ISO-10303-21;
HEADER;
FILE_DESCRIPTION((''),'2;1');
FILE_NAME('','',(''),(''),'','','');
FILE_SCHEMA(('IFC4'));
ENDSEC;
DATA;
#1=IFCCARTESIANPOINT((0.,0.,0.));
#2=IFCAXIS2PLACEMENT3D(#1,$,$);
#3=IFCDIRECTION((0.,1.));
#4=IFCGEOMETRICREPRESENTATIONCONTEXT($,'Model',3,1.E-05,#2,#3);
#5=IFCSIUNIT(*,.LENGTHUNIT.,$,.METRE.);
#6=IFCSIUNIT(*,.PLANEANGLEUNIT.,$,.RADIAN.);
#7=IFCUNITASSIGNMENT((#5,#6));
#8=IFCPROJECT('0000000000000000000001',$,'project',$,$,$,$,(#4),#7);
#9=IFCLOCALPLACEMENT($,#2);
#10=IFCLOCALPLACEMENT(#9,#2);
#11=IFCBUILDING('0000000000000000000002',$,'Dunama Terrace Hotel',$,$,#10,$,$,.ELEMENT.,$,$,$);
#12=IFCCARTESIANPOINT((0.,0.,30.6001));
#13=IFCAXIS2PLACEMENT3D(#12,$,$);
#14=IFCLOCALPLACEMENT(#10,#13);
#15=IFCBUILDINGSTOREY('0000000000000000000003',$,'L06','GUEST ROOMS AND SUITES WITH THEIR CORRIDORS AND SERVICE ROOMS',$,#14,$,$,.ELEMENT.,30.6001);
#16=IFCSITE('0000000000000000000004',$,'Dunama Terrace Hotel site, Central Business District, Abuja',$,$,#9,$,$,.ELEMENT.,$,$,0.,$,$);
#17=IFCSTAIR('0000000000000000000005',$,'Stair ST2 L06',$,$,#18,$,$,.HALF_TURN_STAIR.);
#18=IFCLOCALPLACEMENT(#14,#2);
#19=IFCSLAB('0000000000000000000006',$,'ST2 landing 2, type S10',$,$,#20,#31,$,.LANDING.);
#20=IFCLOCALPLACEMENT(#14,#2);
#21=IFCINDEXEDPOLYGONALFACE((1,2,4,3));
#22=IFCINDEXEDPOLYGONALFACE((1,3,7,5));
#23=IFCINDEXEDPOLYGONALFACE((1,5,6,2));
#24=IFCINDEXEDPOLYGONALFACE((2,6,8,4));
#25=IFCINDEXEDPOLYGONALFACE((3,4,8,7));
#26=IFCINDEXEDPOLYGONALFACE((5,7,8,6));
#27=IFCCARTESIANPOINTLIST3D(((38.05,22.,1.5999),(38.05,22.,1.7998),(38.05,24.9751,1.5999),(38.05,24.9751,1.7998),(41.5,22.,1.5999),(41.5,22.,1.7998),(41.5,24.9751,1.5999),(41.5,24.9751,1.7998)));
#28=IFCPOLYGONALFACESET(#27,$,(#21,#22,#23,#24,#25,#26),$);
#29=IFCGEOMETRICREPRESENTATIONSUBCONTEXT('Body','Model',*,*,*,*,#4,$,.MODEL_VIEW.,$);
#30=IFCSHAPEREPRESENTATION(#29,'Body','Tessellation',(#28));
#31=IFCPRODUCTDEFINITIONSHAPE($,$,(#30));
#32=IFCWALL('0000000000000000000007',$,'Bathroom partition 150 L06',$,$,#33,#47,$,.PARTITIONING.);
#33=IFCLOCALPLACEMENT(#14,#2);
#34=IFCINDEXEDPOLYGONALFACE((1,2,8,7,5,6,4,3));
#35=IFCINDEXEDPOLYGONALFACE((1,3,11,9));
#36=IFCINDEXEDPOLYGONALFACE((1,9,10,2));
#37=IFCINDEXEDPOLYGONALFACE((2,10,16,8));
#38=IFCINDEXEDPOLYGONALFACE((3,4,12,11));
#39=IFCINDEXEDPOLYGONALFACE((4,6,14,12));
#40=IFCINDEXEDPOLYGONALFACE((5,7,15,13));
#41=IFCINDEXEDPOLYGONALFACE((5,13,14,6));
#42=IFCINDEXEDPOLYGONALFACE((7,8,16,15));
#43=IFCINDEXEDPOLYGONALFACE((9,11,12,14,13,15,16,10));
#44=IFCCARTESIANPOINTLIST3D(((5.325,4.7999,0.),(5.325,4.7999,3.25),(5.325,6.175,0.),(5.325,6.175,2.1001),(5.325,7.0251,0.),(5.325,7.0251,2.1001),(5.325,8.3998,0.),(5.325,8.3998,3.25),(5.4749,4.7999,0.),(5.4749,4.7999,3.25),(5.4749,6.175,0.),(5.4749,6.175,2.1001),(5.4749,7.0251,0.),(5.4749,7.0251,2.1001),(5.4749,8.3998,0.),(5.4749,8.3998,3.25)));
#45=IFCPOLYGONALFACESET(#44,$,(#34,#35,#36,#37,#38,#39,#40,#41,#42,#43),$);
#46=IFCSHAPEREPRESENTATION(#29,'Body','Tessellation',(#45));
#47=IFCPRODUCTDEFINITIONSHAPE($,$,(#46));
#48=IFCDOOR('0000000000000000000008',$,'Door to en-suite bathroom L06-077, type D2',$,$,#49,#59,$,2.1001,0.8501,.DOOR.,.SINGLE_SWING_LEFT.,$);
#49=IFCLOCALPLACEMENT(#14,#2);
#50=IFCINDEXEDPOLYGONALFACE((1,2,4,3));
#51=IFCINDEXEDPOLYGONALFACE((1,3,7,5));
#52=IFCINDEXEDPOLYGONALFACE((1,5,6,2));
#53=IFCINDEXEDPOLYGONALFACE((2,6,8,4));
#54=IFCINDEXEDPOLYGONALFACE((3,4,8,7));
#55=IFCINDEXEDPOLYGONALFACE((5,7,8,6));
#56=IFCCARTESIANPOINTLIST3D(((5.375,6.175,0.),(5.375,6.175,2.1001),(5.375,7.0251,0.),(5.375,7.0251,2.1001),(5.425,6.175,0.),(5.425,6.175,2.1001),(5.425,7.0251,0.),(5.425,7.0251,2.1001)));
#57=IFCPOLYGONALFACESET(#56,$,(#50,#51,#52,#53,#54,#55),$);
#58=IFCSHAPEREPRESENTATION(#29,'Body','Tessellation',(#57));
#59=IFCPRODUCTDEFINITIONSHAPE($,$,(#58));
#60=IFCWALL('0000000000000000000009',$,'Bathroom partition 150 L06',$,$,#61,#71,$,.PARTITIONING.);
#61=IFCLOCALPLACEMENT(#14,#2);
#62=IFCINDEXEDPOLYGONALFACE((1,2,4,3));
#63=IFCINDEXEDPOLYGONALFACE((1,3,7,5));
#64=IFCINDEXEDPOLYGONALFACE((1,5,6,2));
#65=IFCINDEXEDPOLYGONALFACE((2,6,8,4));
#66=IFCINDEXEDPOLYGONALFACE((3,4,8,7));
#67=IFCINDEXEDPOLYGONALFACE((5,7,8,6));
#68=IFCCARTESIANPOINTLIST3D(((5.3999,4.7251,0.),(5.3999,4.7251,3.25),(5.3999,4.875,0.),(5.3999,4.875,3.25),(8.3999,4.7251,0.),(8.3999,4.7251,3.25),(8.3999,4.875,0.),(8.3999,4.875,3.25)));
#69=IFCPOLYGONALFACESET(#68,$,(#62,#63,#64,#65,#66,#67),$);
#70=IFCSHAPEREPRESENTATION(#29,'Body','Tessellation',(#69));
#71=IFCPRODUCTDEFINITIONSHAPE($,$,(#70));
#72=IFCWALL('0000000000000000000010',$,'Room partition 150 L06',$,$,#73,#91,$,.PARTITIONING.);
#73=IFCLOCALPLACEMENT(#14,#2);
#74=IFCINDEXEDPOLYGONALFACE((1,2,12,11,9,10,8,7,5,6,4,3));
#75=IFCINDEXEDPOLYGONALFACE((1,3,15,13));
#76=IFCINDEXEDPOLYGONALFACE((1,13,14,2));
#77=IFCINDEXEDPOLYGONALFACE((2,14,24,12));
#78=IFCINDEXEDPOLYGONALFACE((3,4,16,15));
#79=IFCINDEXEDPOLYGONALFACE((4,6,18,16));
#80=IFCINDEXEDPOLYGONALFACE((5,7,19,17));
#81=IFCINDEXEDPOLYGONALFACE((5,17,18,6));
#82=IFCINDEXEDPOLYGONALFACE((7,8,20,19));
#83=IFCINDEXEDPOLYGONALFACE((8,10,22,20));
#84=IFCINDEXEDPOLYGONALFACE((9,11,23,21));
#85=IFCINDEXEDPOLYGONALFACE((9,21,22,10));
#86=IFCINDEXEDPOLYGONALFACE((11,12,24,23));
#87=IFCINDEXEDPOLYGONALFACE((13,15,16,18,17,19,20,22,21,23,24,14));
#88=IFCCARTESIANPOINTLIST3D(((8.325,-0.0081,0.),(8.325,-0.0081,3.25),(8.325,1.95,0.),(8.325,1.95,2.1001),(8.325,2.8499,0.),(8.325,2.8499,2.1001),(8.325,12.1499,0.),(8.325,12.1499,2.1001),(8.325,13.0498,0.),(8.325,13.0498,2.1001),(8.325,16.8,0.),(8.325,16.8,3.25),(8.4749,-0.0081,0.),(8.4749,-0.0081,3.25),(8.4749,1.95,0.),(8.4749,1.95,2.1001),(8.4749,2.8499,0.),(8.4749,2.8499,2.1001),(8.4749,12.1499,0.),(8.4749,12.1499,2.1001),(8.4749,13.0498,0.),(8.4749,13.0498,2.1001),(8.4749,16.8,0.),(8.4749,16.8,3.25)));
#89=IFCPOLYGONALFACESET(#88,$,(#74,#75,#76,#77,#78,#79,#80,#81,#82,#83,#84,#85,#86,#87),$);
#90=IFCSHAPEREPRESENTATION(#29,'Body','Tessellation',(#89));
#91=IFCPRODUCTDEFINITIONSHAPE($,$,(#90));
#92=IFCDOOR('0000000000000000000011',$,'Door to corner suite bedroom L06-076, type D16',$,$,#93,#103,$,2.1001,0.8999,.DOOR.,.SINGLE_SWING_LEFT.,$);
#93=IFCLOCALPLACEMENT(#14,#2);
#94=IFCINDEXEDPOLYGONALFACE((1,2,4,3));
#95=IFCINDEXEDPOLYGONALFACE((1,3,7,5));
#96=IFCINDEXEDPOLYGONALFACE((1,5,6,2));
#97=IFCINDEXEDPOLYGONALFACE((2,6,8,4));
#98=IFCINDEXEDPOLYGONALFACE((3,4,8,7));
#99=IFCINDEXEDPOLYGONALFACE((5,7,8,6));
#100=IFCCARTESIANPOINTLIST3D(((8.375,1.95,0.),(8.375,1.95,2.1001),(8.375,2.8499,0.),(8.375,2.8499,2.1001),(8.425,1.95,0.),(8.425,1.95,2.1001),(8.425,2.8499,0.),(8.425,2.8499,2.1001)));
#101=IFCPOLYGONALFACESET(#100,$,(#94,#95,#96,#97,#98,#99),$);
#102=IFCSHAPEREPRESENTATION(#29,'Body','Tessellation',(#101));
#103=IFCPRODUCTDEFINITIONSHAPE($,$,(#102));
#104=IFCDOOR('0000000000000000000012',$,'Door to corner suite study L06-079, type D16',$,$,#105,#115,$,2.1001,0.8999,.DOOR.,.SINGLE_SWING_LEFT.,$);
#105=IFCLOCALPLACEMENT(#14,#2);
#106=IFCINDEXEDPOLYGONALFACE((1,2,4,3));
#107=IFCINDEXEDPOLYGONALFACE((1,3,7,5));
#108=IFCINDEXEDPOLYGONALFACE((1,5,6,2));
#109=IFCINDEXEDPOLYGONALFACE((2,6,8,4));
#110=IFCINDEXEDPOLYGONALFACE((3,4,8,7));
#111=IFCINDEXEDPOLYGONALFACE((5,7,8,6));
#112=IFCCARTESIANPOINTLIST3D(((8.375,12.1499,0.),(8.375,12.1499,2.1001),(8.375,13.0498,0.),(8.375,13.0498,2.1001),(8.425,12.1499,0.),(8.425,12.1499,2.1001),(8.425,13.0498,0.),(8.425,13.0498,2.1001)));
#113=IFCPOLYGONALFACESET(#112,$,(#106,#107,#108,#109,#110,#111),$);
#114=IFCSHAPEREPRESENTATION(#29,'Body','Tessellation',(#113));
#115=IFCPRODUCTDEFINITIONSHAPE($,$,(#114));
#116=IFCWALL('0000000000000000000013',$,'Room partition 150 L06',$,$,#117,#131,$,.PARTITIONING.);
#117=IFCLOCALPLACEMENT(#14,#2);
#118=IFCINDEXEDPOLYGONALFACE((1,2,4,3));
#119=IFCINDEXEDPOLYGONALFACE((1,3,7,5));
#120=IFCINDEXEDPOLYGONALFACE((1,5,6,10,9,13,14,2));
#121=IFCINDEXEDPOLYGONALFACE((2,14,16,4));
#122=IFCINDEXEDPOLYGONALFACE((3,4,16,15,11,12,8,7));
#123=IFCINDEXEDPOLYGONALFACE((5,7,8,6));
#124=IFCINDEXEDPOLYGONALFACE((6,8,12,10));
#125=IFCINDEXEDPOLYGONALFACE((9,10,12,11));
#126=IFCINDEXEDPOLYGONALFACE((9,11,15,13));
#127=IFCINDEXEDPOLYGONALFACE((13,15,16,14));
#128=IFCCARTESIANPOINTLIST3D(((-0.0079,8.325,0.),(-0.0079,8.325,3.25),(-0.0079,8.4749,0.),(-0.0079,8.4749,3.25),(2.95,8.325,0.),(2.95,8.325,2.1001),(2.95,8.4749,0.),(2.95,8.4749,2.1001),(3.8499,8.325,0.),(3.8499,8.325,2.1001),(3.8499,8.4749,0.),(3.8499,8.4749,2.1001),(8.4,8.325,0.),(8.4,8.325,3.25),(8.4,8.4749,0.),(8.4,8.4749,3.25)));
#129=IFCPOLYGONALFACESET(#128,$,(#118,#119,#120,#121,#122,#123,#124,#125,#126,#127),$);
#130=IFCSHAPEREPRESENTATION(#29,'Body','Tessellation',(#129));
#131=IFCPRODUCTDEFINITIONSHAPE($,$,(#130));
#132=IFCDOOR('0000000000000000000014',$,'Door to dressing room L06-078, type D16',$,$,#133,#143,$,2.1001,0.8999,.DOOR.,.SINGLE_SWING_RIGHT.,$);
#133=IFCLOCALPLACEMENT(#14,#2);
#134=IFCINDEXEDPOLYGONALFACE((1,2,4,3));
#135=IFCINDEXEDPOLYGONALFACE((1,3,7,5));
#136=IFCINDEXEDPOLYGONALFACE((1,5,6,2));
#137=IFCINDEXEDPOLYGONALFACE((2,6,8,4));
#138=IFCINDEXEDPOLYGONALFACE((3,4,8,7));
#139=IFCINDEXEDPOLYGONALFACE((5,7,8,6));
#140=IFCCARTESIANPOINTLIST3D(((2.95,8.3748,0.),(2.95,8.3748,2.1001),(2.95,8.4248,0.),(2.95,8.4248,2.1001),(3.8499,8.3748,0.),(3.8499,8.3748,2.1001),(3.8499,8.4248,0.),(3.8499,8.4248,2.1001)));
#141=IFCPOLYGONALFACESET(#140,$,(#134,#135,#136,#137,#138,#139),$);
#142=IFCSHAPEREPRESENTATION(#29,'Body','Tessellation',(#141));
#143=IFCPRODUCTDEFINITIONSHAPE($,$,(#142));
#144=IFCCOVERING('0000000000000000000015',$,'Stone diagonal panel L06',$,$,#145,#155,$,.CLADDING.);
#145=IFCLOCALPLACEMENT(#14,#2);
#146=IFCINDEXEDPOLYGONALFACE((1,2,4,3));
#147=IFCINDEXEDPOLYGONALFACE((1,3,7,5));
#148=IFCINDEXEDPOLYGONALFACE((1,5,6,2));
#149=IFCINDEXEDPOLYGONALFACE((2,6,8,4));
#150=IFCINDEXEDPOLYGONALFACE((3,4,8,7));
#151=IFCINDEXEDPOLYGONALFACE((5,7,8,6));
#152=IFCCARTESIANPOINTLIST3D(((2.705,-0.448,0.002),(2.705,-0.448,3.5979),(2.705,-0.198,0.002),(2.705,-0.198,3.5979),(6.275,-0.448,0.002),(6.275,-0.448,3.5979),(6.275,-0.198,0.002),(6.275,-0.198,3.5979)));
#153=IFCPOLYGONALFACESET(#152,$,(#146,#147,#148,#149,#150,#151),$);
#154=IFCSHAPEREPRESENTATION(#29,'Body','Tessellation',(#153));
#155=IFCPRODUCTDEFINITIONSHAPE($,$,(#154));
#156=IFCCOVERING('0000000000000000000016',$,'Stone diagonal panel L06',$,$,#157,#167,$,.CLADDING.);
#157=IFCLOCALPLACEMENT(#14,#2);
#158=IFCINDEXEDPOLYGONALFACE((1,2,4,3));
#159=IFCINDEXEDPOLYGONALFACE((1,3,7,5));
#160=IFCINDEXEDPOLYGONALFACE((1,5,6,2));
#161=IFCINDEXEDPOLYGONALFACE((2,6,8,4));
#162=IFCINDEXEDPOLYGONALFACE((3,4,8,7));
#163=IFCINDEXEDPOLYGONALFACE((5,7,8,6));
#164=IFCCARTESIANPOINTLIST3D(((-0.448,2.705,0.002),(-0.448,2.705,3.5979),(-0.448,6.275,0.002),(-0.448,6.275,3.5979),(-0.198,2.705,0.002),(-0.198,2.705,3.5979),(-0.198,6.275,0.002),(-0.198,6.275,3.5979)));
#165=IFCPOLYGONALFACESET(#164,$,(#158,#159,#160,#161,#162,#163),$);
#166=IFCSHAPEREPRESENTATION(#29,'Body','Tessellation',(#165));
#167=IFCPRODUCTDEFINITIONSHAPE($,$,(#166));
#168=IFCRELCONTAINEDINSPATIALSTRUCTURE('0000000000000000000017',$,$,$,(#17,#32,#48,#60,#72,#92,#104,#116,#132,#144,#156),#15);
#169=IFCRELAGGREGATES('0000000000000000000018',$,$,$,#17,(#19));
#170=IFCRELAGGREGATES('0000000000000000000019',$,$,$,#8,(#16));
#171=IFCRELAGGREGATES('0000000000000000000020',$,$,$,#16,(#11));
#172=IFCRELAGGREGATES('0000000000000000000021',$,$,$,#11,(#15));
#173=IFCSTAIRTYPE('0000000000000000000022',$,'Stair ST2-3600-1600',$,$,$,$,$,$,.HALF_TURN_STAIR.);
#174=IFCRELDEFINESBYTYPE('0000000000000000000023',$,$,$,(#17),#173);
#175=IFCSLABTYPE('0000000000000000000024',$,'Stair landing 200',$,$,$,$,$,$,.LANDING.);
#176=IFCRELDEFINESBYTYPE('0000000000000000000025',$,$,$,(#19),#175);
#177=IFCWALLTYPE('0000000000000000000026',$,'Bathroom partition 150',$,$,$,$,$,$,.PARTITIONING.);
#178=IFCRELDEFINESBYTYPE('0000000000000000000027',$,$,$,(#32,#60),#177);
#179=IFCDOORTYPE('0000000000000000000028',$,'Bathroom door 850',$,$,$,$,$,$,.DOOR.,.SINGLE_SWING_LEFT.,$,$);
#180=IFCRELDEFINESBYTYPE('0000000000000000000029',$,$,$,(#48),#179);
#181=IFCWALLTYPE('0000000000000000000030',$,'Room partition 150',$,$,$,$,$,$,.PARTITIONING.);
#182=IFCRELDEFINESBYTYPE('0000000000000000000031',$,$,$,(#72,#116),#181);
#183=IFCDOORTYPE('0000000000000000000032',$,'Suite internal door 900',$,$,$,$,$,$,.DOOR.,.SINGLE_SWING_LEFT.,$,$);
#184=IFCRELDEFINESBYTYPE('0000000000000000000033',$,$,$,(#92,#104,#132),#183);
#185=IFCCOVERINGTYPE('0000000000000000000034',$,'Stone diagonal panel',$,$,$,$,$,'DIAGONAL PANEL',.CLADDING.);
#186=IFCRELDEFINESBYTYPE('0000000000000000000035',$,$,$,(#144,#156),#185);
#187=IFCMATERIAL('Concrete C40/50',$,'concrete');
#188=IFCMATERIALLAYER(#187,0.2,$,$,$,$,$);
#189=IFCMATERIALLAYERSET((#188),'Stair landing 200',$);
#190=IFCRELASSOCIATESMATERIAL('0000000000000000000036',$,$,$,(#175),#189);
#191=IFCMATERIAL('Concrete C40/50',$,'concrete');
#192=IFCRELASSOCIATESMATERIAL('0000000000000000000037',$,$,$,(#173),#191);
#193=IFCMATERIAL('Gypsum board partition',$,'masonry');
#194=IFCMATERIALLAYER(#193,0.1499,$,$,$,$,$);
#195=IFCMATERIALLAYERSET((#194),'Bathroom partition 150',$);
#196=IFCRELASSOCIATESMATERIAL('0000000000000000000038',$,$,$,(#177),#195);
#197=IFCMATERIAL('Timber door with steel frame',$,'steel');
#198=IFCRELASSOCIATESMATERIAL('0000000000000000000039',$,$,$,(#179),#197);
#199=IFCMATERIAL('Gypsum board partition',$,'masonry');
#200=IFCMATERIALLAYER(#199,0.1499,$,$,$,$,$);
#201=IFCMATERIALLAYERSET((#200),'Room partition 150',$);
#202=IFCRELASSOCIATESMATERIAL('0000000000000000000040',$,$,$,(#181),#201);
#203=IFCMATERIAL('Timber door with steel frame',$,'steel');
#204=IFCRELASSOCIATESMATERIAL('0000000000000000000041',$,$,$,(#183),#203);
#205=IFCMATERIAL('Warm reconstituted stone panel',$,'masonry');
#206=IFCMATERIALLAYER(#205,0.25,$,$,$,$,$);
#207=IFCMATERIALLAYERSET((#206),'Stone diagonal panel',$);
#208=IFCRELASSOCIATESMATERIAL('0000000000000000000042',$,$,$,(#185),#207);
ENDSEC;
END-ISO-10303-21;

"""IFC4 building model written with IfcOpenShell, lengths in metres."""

from ifc_helpers import new_model, si_unit, direction, frame, frame_2d, origin, origin_2d, place, context, subcontext, project, spatial, polyline, rectangle, outline, extrude, material, layer, layer_set, type_object, element, fill, aggregate, save


model = new_model("IFC4")

# Units and contexts
model_context = context("Model", 3, precision=1e-05, world=origin(), true_north=direction((0.0, 1.0)))
body_context = subcontext(model_context, "Body", "Model", "MODEL_VIEW")
ifc_project = project(units=[si_unit("LENGTHUNIT", "METRE"), si_unit("PLANEANGLEUNIT", "RADIAN")], contexts=[model_context])

# Site, building, storey
site_placement = place(None, origin())
site = spatial("IfcSite", under=ifc_project, at=site_placement, Name="Dunama Terrace Hotel site, Central Business District, Abuja", CompositionType="ELEMENT", RefElevation=0.0)
building_placement = place(site_placement, origin())
building = spatial("IfcBuilding", under=site, at=building_placement, Name="Dunama Terrace Hotel", CompositionType="ELEMENT")
storey_placement = place(building_placement, frame((0.0, 0.0, 30.6001)))
storey = spatial("IfcBuildingStorey", under=building, at=storey_placement, Name="L06", Description="GUEST ROOMS AND SUITES WITH THEIR CORRIDORS AND SERVICE ROOMS", CompositionType="ELEMENT", Elevation=30.6001)

# Stair, slab
ifc_material_1 = material(Name="Concrete C40/50", Category="concrete")
ifc_layer_1 = layer(ifc_material_1, 0.2)
ifc_layer_set_1 = layer_set([ifc_layer_1], Name="Stair landing 200")
slab_type_1 = type_object("IfcSlabType", Name="Stair landing 200", PredefinedType="LANDING", material=ifc_layer_set_1)
ifc_material_2 = material(Name="Concrete C40/50", Category="concrete")
stair_type_1 = type_object("IfcStairType", Name="Stair ST2-3600-1600", PredefinedType="HALF_TURN_STAIR", material=ifc_material_2)
stair_1_placement = place(storey_placement, origin())
stair_1 = element("IfcStair", 1, at=stair_1_placement, inside=storey, type_object=stair_type_1, Name="Stair ST2 L06", PredefinedType="HALF_TURN_STAIR")
slab_1_placement = place(storey_placement, frame((0.0, 0.0, 1.5999)))
slab_1 = element("IfcSlab", 2, at=slab_1_placement, type_object=slab_type_1, Name="ST2 landing 2, type S10", PredefinedType="LANDING", context=body_context, shape_type="SweptSolid", body=[
    extrude(outline(polyline([(38.05, 22.0), (41.5, 22.0), (41.5, 24.9751), (38.05, 24.9751), (38.05, 22.0)])), origin(), (0.0, 0.0, 1.0), 0.2),
])
aggregate(stair_1, [slab_1])

# Wall, opening, door
ifc_material_3 = material(Name="Gypsum board partition", Category="masonry")
ifc_layer_2 = layer(ifc_material_3, 0.1499)
ifc_layer_set_2 = layer_set([ifc_layer_2], Name="Bathroom partition 150")
wall_type_1 = type_object("IfcWallType", Name="Bathroom partition 150", PredefinedType="PARTITIONING", material=ifc_layer_set_2)
wall_1_placement = place(storey_placement, frame((5.3999, 4.8, 0.0), z_axis=(0.0, 0.0, 1.0), x_axis=(0.0, 1.0, 0.0)))
wall_1 = element("IfcWall", 3, at=wall_1_placement, inside=storey, type_object=wall_type_1, Name="Bathroom partition 150 L06", PredefinedType="PARTITIONING", context=body_context, shape_type="SweptSolid", body=[
    extrude(rectangle(XDim=3.5999, YDim=0.1499, at=frame_2d((1.7998, 0.0))), origin(), (0.0, 0.0, 1.0), 3.25),
])
opening_1_placement = place(wall_1_placement, frame((1.375, 0.0, 0.0)))
opening_1 = element("IfcOpeningElement", 4, at=opening_1_placement, cuts=wall_1, PredefinedType="OPENING", context=body_context, shape_type="SweptSolid", body=[
    extrude(rectangle(XDim=0.8501, YDim=2.1001, at=frame_2d((0.425, 1.05))), frame((0.0, 0.085, 0.0), z_axis=(0.0, -1.0, 0.0), x_axis=(1.0, 0.0, 0.0)), (0.0, 0.0, 1.0), 0.1699),
])
ifc_material_4 = material(Name="Timber door with steel frame", Category="steel")
door_type_1 = type_object("IfcDoorType", Name="Bathroom door 850", OperationType="SINGLE_SWING_LEFT", PredefinedType="DOOR", material=ifc_material_4)
door_1_placement = place(opening_1_placement, frame((0.8501, 0.0, 0.0), z_axis=(0.0, 0.0, 1.0), x_axis=(-1.0, 0.0, 0.0)))
door_1 = element("IfcDoor", 5, at=door_1_placement, inside=storey, type_object=door_type_1, Name="Door to en-suite bathroom L06-077, type D2", OperationType="SINGLE_SWING_LEFT", OverallHeight=2.1001, OverallWidth=0.8501, PredefinedType="DOOR", context=body_context, shape_type="SweptSolid", body=[
    extrude(rectangle(XDim=0.8501, YDim=2.1001, at=frame_2d((0.425, 1.05))), frame((0.0, 0.0251, 0.0), z_axis=(0.0, -1.0, 0.0), x_axis=(1.0, 0.0, 0.0)), (0.0, 0.0, 1.0), 0.05),
])
fill(opening_1, door_1)

# Wall
wall_2_placement = place(storey_placement, frame((5.3999, 4.8, 0.0), z_axis=(0.0, 0.0, 1.0), x_axis=(1.0, 0.0, 0.0)))
element("IfcWall", 6, at=wall_2_placement, inside=storey, type_object=wall_type_1, Name="Bathroom partition 150 L06", PredefinedType="PARTITIONING", context=body_context, shape_type="SweptSolid", body=[
    extrude(rectangle(XDim=3.0, YDim=0.1499, at=frame_2d((1.5, 0.0))), origin(), (0.0, 0.0, 1.0), 3.25),
])

# Wall, openings, doors
ifc_material_5 = material(Name="Gypsum board partition", Category="masonry")
ifc_layer_3 = layer(ifc_material_5, 0.1499)
ifc_layer_set_3 = layer_set([ifc_layer_3], Name="Room partition 150")
wall_type_2 = type_object("IfcWallType", Name="Room partition 150", PredefinedType="PARTITIONING", material=ifc_layer_set_3)
wall_3_placement = place(storey_placement, frame((8.3999, -0.0081, 0.0), z_axis=(0.0, 0.0, 1.0), x_axis=(0.0, 1.0, 0.0)))
wall_3 = element("IfcWall", 7, at=wall_3_placement, inside=storey, type_object=wall_type_2, Name="Room partition 150 L06", PredefinedType="PARTITIONING", context=body_context, shape_type="SweptSolid", body=[
    extrude(rectangle(XDim=16.8081, YDim=0.1499, at=frame_2d((8.4041, 0.0))), origin(), (0.0, 0.0, 1.0), 3.25),
])
opening_2_placement = place(wall_3_placement, frame((1.958, 0.0, 0.0)))
opening_2 = element("IfcOpeningElement", 8, at=opening_2_placement, cuts=wall_3, PredefinedType="OPENING", context=body_context, shape_type="SweptSolid", body=[
    extrude(rectangle(XDim=0.8999, YDim=2.1001, at=frame_2d((0.45, 1.05))), frame((0.0, 0.085, 0.0), z_axis=(0.0, -1.0, 0.0), x_axis=(1.0, 0.0, 0.0)), (0.0, 0.0, 1.0), 0.1699),
])
opening_3_placement = place(wall_3_placement, frame((12.158, 0.0, 0.0)))
opening_3 = element("IfcOpeningElement", 9, at=opening_3_placement, cuts=wall_3, PredefinedType="OPENING", context=body_context, shape_type="SweptSolid", body=[
    extrude(rectangle(XDim=0.8999, YDim=2.1001, at=frame_2d((0.45, 1.05))), frame((0.0, 0.085, 0.0), z_axis=(0.0, -1.0, 0.0), x_axis=(1.0, 0.0, 0.0)), (0.0, 0.0, 1.0), 0.1699),
])
ifc_material_6 = material(Name="Timber door with steel frame", Category="steel")
door_type_2 = type_object("IfcDoorType", Name="Suite internal door 900", OperationType="SINGLE_SWING_LEFT", PredefinedType="DOOR", material=ifc_material_6)
door_2_placement = place(opening_2_placement, origin())
door_2 = element("IfcDoor", 10, at=door_2_placement, inside=storey, type_object=door_type_2, Name="Door to corner suite bedroom L06-076, type D16", OperationType="SINGLE_SWING_LEFT", OverallHeight=2.1001, OverallWidth=0.8999, PredefinedType="DOOR", context=body_context, shape_type="SweptSolid", body=[
    extrude(rectangle(XDim=0.8999, YDim=2.1001, at=frame_2d((0.45, 1.05))), frame((0.0, 0.0249, 0.0), z_axis=(0.0, -1.0, 0.0), x_axis=(1.0, 0.0, 0.0)), (0.0, 0.0, 1.0), 0.05),
])
fill(opening_2, door_2)
door_3_placement = place(opening_3_placement, origin())
door_3 = element("IfcDoor", 11, at=door_3_placement, inside=storey, type_object=door_type_2, Name="Door to corner suite study L06-079, type D16", OperationType="SINGLE_SWING_LEFT", OverallHeight=2.1001, OverallWidth=0.8999, PredefinedType="DOOR", context=body_context, shape_type="SweptSolid", body=[
    extrude(rectangle(XDim=0.8999, YDim=2.1001, at=frame_2d((0.45, 1.05))), frame((0.0, 0.0249, 0.0), z_axis=(0.0, -1.0, 0.0), x_axis=(1.0, 0.0, 0.0)), (0.0, 0.0, 1.0), 0.05),
])
fill(opening_3, door_3)

# Wall, opening, door
wall_4_placement = place(storey_placement, frame((-0.0081, 8.3999, 0.0), z_axis=(0.0, 0.0, 1.0), x_axis=(1.0, 0.0, 0.0)))
wall_4 = element("IfcWall", 12, at=wall_4_placement, inside=storey, type_object=wall_type_2, Name="Room partition 150 L06", PredefinedType="PARTITIONING", context=body_context, shape_type="SweptSolid", body=[
    extrude(rectangle(XDim=8.408, YDim=0.1499, at=frame_2d((4.2041, 0.0))), origin(), (0.0, 0.0, 1.0), 3.25),
])
opening_4_placement = place(wall_4_placement, frame((2.958, 0.0, 0.0)))
opening_4 = element("IfcOpeningElement", 13, at=opening_4_placement, cuts=wall_4, PredefinedType="OPENING", context=body_context, shape_type="SweptSolid", body=[
    extrude(rectangle(XDim=0.8999, YDim=2.1001, at=frame_2d((0.45, 1.05))), frame((0.0, 0.085, 0.0), z_axis=(0.0, -1.0, 0.0), x_axis=(1.0, 0.0, 0.0)), (0.0, 0.0, 1.0), 0.1699),
])
door_4_placement = place(opening_4_placement, origin())
door_4 = element("IfcDoor", 14, at=door_4_placement, inside=storey, type_object=door_type_2, Name="Door to dressing room L06-078, type D16", OperationType="SINGLE_SWING_RIGHT", OverallHeight=2.1001, OverallWidth=0.8999, PredefinedType="DOOR", context=body_context, shape_type="SweptSolid", body=[
    extrude(rectangle(XDim=0.8999, YDim=2.1001, at=frame_2d((0.45, 1.05))), frame((0.0, 0.0249, 0.0), z_axis=(0.0, -1.0, 0.0), x_axis=(1.0, 0.0, 0.0)), (0.0, 0.0, 1.0), 0.05),
])
fill(opening_4, door_4)

# Coverings
ifc_material_7 = material(Name="Warm reconstituted stone panel", Category="masonry")
ifc_layer_4 = layer(ifc_material_7, 0.25)
ifc_layer_set_4 = layer_set([ifc_layer_4], Name="Stone diagonal panel")
covering_type = type_object("IfcCoveringType", Name="Stone diagonal panel", ElementType="DIAGONAL PANEL", PredefinedType="CLADDING", material=ifc_layer_set_4)
for number, where, z_axis, x_axis, name in (
    (15, (4.49, -0.323, 0.002), (0.0, 0.0, 1.0), (1.0, 0.0, 0.0), "Stone diagonal panel L06"),
    (16, (-0.323, 4.49, 0.002), (0.0, 0.0, 1.0), (0.0, -1.0, 0.0), "Stone diagonal panel L06"),
):
    element("IfcCovering", number, at=place(storey_placement, frame(where, z_axis=z_axis, x_axis=x_axis)), inside=storey, type_object=covering_type, Name=name, PredefinedType="CLADDING", context=body_context, shape_type="SweptSolid", body=[
        extrude(rectangle(XDim=3.5701, YDim=0.25, at=origin_2d()), origin(), (0.0, 0.0, 1.0), 3.5959),
    ])

save(model, "model.ifc")
